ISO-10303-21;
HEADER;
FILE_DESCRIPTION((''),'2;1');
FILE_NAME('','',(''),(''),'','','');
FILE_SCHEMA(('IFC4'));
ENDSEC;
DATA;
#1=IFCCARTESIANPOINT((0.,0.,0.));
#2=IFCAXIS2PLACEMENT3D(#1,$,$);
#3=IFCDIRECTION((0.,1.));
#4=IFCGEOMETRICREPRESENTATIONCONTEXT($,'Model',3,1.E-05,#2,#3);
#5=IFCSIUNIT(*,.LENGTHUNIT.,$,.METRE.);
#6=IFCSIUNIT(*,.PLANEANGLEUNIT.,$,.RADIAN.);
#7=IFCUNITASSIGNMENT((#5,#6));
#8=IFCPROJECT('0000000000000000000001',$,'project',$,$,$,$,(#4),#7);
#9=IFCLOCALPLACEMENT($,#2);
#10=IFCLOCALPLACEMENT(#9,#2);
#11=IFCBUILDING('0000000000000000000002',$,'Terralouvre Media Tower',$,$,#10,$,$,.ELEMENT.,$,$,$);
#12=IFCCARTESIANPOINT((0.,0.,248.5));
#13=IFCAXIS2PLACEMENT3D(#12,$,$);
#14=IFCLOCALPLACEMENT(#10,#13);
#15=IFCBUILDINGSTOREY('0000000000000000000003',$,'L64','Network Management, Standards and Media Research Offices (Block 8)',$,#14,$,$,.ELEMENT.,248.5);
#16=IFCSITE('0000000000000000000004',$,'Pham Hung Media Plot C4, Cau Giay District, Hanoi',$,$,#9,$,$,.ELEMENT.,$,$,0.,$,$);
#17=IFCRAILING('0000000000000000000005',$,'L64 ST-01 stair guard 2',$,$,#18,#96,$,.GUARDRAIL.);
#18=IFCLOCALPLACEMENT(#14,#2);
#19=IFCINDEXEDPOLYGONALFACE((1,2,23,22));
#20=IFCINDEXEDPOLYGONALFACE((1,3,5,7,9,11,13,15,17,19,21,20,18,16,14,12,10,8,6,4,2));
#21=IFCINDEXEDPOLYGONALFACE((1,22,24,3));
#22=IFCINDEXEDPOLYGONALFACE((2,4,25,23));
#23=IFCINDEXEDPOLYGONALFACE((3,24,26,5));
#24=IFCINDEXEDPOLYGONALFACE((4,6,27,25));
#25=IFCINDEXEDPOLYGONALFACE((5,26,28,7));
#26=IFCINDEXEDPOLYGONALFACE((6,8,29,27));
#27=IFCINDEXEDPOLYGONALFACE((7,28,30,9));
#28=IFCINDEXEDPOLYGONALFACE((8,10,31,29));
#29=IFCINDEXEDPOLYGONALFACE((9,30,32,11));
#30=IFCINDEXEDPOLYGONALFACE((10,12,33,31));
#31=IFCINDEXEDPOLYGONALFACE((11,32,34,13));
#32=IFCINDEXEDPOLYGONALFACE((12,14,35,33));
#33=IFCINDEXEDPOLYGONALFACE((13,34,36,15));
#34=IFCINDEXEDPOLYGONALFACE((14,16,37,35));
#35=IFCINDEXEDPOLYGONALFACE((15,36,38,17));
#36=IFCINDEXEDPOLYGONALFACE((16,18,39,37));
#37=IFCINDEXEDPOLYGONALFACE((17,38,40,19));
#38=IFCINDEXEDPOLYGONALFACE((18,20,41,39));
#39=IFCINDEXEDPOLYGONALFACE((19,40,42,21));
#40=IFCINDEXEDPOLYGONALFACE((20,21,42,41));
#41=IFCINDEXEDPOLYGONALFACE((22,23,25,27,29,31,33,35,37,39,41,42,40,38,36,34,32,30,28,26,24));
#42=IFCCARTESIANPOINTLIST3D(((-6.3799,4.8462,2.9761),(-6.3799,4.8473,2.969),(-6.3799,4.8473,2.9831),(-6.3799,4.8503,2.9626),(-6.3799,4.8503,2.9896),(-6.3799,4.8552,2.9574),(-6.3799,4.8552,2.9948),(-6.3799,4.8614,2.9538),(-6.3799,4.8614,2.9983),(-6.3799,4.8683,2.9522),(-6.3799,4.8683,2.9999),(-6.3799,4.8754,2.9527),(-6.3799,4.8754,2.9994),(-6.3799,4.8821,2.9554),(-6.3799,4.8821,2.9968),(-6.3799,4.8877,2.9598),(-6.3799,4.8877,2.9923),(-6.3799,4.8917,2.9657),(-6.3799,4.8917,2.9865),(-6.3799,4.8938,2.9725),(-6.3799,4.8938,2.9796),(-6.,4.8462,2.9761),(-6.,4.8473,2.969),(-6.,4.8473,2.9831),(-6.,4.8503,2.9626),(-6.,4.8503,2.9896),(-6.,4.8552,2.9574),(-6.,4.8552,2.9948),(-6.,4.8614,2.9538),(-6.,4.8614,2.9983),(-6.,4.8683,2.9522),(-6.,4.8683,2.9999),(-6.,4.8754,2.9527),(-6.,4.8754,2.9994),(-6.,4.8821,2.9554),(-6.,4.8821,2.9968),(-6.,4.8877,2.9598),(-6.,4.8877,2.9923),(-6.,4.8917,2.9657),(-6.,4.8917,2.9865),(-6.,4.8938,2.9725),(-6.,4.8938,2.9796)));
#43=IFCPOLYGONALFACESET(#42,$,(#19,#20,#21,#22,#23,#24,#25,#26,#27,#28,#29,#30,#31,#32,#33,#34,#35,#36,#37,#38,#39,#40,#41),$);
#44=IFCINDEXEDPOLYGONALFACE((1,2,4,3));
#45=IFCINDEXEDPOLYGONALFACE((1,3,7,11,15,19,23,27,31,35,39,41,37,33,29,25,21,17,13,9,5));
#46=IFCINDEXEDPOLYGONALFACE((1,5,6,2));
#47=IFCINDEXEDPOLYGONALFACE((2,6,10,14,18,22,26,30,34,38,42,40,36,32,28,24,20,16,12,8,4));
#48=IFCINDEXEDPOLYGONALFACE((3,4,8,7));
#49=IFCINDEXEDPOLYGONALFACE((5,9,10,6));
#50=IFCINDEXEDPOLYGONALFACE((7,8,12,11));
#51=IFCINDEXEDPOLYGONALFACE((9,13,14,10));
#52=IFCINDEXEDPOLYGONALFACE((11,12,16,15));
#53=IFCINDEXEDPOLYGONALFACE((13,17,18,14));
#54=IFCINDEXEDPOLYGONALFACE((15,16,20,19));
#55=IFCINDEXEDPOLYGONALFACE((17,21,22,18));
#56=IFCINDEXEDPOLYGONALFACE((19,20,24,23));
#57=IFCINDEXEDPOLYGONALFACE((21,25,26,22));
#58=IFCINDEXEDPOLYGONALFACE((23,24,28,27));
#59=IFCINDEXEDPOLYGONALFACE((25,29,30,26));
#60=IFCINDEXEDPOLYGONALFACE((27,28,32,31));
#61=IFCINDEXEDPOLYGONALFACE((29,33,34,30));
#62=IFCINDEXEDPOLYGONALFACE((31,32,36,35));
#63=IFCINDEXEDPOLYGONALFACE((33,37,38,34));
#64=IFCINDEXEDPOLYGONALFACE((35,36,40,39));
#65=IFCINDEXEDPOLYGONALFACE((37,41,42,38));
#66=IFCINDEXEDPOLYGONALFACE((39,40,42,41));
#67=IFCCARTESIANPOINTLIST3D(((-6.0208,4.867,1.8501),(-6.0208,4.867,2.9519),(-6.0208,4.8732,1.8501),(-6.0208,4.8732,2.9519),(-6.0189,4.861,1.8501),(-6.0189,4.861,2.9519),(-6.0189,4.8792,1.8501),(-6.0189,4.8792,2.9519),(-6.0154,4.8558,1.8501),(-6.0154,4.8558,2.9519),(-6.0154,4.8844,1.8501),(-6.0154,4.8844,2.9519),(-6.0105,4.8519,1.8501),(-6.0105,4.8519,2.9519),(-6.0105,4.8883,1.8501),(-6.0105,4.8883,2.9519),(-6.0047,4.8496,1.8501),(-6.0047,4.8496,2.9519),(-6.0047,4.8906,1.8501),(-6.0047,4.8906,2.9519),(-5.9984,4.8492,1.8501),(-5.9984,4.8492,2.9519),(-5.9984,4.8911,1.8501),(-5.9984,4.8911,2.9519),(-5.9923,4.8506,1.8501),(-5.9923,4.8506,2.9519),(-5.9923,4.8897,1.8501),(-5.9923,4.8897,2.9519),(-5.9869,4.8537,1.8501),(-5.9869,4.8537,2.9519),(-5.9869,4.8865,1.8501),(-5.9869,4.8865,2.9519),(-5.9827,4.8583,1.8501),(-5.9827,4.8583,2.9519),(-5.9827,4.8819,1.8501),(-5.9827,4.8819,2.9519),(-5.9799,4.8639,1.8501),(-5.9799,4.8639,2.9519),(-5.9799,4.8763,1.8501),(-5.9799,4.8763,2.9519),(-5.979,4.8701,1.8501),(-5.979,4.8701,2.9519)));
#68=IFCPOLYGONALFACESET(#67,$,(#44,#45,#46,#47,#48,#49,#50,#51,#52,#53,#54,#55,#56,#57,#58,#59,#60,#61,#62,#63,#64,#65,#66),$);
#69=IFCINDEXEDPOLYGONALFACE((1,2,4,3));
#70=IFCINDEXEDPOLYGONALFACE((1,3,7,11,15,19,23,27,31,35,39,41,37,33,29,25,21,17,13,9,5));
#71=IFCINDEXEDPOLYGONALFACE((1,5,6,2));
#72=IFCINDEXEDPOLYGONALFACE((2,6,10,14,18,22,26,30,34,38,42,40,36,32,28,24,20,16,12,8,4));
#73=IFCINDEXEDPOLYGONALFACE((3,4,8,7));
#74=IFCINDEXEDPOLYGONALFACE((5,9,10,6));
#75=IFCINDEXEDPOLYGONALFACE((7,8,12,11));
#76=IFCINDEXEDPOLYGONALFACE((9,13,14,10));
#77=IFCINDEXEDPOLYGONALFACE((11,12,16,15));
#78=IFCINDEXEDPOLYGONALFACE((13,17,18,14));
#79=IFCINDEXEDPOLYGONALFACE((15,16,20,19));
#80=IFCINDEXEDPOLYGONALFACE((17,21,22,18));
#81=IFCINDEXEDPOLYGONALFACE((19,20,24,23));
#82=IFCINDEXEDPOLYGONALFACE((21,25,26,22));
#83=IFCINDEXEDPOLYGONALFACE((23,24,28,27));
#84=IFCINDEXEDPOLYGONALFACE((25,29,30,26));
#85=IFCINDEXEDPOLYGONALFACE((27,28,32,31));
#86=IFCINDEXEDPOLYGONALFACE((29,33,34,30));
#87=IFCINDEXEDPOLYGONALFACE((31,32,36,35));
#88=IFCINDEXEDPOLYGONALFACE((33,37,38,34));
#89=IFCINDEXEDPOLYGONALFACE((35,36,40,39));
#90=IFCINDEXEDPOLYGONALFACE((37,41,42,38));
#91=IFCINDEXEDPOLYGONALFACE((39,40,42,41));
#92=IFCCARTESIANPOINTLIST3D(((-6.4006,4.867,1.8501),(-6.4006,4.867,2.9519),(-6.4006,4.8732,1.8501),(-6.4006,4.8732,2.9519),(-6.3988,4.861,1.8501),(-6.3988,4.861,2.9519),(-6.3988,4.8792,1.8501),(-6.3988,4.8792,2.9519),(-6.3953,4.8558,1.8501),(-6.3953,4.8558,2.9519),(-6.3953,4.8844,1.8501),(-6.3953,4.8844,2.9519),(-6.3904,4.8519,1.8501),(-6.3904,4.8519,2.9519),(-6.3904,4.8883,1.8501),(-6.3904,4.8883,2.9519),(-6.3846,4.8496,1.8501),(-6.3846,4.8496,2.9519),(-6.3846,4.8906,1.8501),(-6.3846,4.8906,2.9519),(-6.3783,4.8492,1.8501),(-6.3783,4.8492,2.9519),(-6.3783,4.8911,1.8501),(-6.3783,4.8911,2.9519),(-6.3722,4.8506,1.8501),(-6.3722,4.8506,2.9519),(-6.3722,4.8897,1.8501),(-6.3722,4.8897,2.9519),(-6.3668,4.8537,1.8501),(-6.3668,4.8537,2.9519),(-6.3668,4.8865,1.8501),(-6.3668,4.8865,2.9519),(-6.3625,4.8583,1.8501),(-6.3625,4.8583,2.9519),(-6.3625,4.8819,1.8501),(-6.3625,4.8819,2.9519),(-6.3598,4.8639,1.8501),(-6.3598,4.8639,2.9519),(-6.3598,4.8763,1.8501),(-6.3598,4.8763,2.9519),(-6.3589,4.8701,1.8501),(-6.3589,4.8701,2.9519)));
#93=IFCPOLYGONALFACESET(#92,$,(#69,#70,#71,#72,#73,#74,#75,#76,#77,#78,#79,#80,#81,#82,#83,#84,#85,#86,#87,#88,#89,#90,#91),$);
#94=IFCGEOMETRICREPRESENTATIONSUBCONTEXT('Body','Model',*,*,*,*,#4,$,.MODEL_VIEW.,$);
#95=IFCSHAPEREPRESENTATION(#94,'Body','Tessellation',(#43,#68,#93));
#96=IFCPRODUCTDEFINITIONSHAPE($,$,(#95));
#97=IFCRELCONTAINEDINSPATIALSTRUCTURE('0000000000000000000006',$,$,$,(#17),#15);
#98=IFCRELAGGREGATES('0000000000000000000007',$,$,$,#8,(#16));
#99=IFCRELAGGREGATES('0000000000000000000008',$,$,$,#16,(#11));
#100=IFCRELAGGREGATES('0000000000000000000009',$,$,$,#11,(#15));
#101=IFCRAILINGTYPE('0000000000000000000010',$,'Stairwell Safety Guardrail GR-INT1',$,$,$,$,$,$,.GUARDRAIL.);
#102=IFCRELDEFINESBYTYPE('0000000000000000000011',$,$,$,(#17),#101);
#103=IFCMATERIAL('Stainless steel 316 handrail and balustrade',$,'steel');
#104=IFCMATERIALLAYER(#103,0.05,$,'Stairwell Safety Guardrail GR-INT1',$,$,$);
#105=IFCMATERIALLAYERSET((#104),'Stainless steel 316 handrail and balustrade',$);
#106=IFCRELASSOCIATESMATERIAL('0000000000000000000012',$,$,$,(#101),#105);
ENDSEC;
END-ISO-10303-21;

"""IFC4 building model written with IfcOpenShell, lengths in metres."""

from ifc_helpers import new_model, si_unit, direction, frame, origin, origin_2d, place, context, subcontext, project, spatial, circle, extrude, material, layer, layer_set, type_object, element, save


model = new_model("IFC4")

# Units and contexts
model_context = context("Model", 3, precision=1e-05, world=origin(), true_north=direction((0.0, 1.0)))
body_context = subcontext(model_context, "Body", "Model", "MODEL_VIEW")
ifc_project = project(units=[si_unit("LENGTHUNIT", "METRE"), si_unit("PLANEANGLEUNIT", "RADIAN")], contexts=[model_context])

# Site, building, storey
site_placement = place(None, origin())
site = spatial("IfcSite", under=ifc_project, at=site_placement, Name="Pham Hung Media Plot C4, Cau Giay District, Hanoi", CompositionType="ELEMENT", RefElevation=0.0)
building_placement = place(site_placement, origin())
building = spatial("IfcBuilding", under=site, at=building_placement, Name="Terralouvre Media Tower", CompositionType="ELEMENT")
storey_placement = place(building_placement, frame((0.0, 0.0, 248.5)))
storey = spatial("IfcBuildingStorey", under=building, at=storey_placement, Name="L64", Description="Network Management, Standards and Media Research Offices (Block 8)", CompositionType="ELEMENT", Elevation=248.5)

# Railing
ifc_material_1 = material(Name="Stainless steel 316 handrail and balustrade", Category="steel")
ifc_layer_1 = layer(ifc_material_1, 0.05, Name="Stairwell Safety Guardrail GR-INT1")
ifc_layer_set_1 = layer_set([ifc_layer_1], Name="Stainless steel 316 handrail and balustrade")
railing_type_1 = type_object("IfcRailingType", Name="Stairwell Safety Guardrail GR-INT1", PredefinedType="GUARDRAIL", material=ifc_layer_set_1)
railing_1_placement = place(storey_placement, frame((-6.0, 4.8701, 1.8501)))
element("IfcRailing", 1, at=railing_1_placement, inside=storey, type_object=railing_type_1, Name="L64 ST-01 stair guard 2", PredefinedType="GUARDRAIL", context=body_context, shape_type="SweptSolid", body=[
    extrude(circle(Radius=0.0239, at=origin_2d()), frame((0.0, 0.0, 1.126), z_axis=(-1.0, 0.0, 0.0), x_axis=(0.0, -1.0, 0.0)), (0.0, 0.0, 1.0), 0.3799),
    extrude(circle(Radius=0.021, at=origin_2d()), origin(), (0.0, 0.0, 1.0), 1.1018),
    extrude(circle(Radius=0.021, at=origin_2d()), frame((-0.3799, 0.0, 0.0)), (0.0, 0.0, 1.0), 1.1018),
])

save(model, "model.ifc")
